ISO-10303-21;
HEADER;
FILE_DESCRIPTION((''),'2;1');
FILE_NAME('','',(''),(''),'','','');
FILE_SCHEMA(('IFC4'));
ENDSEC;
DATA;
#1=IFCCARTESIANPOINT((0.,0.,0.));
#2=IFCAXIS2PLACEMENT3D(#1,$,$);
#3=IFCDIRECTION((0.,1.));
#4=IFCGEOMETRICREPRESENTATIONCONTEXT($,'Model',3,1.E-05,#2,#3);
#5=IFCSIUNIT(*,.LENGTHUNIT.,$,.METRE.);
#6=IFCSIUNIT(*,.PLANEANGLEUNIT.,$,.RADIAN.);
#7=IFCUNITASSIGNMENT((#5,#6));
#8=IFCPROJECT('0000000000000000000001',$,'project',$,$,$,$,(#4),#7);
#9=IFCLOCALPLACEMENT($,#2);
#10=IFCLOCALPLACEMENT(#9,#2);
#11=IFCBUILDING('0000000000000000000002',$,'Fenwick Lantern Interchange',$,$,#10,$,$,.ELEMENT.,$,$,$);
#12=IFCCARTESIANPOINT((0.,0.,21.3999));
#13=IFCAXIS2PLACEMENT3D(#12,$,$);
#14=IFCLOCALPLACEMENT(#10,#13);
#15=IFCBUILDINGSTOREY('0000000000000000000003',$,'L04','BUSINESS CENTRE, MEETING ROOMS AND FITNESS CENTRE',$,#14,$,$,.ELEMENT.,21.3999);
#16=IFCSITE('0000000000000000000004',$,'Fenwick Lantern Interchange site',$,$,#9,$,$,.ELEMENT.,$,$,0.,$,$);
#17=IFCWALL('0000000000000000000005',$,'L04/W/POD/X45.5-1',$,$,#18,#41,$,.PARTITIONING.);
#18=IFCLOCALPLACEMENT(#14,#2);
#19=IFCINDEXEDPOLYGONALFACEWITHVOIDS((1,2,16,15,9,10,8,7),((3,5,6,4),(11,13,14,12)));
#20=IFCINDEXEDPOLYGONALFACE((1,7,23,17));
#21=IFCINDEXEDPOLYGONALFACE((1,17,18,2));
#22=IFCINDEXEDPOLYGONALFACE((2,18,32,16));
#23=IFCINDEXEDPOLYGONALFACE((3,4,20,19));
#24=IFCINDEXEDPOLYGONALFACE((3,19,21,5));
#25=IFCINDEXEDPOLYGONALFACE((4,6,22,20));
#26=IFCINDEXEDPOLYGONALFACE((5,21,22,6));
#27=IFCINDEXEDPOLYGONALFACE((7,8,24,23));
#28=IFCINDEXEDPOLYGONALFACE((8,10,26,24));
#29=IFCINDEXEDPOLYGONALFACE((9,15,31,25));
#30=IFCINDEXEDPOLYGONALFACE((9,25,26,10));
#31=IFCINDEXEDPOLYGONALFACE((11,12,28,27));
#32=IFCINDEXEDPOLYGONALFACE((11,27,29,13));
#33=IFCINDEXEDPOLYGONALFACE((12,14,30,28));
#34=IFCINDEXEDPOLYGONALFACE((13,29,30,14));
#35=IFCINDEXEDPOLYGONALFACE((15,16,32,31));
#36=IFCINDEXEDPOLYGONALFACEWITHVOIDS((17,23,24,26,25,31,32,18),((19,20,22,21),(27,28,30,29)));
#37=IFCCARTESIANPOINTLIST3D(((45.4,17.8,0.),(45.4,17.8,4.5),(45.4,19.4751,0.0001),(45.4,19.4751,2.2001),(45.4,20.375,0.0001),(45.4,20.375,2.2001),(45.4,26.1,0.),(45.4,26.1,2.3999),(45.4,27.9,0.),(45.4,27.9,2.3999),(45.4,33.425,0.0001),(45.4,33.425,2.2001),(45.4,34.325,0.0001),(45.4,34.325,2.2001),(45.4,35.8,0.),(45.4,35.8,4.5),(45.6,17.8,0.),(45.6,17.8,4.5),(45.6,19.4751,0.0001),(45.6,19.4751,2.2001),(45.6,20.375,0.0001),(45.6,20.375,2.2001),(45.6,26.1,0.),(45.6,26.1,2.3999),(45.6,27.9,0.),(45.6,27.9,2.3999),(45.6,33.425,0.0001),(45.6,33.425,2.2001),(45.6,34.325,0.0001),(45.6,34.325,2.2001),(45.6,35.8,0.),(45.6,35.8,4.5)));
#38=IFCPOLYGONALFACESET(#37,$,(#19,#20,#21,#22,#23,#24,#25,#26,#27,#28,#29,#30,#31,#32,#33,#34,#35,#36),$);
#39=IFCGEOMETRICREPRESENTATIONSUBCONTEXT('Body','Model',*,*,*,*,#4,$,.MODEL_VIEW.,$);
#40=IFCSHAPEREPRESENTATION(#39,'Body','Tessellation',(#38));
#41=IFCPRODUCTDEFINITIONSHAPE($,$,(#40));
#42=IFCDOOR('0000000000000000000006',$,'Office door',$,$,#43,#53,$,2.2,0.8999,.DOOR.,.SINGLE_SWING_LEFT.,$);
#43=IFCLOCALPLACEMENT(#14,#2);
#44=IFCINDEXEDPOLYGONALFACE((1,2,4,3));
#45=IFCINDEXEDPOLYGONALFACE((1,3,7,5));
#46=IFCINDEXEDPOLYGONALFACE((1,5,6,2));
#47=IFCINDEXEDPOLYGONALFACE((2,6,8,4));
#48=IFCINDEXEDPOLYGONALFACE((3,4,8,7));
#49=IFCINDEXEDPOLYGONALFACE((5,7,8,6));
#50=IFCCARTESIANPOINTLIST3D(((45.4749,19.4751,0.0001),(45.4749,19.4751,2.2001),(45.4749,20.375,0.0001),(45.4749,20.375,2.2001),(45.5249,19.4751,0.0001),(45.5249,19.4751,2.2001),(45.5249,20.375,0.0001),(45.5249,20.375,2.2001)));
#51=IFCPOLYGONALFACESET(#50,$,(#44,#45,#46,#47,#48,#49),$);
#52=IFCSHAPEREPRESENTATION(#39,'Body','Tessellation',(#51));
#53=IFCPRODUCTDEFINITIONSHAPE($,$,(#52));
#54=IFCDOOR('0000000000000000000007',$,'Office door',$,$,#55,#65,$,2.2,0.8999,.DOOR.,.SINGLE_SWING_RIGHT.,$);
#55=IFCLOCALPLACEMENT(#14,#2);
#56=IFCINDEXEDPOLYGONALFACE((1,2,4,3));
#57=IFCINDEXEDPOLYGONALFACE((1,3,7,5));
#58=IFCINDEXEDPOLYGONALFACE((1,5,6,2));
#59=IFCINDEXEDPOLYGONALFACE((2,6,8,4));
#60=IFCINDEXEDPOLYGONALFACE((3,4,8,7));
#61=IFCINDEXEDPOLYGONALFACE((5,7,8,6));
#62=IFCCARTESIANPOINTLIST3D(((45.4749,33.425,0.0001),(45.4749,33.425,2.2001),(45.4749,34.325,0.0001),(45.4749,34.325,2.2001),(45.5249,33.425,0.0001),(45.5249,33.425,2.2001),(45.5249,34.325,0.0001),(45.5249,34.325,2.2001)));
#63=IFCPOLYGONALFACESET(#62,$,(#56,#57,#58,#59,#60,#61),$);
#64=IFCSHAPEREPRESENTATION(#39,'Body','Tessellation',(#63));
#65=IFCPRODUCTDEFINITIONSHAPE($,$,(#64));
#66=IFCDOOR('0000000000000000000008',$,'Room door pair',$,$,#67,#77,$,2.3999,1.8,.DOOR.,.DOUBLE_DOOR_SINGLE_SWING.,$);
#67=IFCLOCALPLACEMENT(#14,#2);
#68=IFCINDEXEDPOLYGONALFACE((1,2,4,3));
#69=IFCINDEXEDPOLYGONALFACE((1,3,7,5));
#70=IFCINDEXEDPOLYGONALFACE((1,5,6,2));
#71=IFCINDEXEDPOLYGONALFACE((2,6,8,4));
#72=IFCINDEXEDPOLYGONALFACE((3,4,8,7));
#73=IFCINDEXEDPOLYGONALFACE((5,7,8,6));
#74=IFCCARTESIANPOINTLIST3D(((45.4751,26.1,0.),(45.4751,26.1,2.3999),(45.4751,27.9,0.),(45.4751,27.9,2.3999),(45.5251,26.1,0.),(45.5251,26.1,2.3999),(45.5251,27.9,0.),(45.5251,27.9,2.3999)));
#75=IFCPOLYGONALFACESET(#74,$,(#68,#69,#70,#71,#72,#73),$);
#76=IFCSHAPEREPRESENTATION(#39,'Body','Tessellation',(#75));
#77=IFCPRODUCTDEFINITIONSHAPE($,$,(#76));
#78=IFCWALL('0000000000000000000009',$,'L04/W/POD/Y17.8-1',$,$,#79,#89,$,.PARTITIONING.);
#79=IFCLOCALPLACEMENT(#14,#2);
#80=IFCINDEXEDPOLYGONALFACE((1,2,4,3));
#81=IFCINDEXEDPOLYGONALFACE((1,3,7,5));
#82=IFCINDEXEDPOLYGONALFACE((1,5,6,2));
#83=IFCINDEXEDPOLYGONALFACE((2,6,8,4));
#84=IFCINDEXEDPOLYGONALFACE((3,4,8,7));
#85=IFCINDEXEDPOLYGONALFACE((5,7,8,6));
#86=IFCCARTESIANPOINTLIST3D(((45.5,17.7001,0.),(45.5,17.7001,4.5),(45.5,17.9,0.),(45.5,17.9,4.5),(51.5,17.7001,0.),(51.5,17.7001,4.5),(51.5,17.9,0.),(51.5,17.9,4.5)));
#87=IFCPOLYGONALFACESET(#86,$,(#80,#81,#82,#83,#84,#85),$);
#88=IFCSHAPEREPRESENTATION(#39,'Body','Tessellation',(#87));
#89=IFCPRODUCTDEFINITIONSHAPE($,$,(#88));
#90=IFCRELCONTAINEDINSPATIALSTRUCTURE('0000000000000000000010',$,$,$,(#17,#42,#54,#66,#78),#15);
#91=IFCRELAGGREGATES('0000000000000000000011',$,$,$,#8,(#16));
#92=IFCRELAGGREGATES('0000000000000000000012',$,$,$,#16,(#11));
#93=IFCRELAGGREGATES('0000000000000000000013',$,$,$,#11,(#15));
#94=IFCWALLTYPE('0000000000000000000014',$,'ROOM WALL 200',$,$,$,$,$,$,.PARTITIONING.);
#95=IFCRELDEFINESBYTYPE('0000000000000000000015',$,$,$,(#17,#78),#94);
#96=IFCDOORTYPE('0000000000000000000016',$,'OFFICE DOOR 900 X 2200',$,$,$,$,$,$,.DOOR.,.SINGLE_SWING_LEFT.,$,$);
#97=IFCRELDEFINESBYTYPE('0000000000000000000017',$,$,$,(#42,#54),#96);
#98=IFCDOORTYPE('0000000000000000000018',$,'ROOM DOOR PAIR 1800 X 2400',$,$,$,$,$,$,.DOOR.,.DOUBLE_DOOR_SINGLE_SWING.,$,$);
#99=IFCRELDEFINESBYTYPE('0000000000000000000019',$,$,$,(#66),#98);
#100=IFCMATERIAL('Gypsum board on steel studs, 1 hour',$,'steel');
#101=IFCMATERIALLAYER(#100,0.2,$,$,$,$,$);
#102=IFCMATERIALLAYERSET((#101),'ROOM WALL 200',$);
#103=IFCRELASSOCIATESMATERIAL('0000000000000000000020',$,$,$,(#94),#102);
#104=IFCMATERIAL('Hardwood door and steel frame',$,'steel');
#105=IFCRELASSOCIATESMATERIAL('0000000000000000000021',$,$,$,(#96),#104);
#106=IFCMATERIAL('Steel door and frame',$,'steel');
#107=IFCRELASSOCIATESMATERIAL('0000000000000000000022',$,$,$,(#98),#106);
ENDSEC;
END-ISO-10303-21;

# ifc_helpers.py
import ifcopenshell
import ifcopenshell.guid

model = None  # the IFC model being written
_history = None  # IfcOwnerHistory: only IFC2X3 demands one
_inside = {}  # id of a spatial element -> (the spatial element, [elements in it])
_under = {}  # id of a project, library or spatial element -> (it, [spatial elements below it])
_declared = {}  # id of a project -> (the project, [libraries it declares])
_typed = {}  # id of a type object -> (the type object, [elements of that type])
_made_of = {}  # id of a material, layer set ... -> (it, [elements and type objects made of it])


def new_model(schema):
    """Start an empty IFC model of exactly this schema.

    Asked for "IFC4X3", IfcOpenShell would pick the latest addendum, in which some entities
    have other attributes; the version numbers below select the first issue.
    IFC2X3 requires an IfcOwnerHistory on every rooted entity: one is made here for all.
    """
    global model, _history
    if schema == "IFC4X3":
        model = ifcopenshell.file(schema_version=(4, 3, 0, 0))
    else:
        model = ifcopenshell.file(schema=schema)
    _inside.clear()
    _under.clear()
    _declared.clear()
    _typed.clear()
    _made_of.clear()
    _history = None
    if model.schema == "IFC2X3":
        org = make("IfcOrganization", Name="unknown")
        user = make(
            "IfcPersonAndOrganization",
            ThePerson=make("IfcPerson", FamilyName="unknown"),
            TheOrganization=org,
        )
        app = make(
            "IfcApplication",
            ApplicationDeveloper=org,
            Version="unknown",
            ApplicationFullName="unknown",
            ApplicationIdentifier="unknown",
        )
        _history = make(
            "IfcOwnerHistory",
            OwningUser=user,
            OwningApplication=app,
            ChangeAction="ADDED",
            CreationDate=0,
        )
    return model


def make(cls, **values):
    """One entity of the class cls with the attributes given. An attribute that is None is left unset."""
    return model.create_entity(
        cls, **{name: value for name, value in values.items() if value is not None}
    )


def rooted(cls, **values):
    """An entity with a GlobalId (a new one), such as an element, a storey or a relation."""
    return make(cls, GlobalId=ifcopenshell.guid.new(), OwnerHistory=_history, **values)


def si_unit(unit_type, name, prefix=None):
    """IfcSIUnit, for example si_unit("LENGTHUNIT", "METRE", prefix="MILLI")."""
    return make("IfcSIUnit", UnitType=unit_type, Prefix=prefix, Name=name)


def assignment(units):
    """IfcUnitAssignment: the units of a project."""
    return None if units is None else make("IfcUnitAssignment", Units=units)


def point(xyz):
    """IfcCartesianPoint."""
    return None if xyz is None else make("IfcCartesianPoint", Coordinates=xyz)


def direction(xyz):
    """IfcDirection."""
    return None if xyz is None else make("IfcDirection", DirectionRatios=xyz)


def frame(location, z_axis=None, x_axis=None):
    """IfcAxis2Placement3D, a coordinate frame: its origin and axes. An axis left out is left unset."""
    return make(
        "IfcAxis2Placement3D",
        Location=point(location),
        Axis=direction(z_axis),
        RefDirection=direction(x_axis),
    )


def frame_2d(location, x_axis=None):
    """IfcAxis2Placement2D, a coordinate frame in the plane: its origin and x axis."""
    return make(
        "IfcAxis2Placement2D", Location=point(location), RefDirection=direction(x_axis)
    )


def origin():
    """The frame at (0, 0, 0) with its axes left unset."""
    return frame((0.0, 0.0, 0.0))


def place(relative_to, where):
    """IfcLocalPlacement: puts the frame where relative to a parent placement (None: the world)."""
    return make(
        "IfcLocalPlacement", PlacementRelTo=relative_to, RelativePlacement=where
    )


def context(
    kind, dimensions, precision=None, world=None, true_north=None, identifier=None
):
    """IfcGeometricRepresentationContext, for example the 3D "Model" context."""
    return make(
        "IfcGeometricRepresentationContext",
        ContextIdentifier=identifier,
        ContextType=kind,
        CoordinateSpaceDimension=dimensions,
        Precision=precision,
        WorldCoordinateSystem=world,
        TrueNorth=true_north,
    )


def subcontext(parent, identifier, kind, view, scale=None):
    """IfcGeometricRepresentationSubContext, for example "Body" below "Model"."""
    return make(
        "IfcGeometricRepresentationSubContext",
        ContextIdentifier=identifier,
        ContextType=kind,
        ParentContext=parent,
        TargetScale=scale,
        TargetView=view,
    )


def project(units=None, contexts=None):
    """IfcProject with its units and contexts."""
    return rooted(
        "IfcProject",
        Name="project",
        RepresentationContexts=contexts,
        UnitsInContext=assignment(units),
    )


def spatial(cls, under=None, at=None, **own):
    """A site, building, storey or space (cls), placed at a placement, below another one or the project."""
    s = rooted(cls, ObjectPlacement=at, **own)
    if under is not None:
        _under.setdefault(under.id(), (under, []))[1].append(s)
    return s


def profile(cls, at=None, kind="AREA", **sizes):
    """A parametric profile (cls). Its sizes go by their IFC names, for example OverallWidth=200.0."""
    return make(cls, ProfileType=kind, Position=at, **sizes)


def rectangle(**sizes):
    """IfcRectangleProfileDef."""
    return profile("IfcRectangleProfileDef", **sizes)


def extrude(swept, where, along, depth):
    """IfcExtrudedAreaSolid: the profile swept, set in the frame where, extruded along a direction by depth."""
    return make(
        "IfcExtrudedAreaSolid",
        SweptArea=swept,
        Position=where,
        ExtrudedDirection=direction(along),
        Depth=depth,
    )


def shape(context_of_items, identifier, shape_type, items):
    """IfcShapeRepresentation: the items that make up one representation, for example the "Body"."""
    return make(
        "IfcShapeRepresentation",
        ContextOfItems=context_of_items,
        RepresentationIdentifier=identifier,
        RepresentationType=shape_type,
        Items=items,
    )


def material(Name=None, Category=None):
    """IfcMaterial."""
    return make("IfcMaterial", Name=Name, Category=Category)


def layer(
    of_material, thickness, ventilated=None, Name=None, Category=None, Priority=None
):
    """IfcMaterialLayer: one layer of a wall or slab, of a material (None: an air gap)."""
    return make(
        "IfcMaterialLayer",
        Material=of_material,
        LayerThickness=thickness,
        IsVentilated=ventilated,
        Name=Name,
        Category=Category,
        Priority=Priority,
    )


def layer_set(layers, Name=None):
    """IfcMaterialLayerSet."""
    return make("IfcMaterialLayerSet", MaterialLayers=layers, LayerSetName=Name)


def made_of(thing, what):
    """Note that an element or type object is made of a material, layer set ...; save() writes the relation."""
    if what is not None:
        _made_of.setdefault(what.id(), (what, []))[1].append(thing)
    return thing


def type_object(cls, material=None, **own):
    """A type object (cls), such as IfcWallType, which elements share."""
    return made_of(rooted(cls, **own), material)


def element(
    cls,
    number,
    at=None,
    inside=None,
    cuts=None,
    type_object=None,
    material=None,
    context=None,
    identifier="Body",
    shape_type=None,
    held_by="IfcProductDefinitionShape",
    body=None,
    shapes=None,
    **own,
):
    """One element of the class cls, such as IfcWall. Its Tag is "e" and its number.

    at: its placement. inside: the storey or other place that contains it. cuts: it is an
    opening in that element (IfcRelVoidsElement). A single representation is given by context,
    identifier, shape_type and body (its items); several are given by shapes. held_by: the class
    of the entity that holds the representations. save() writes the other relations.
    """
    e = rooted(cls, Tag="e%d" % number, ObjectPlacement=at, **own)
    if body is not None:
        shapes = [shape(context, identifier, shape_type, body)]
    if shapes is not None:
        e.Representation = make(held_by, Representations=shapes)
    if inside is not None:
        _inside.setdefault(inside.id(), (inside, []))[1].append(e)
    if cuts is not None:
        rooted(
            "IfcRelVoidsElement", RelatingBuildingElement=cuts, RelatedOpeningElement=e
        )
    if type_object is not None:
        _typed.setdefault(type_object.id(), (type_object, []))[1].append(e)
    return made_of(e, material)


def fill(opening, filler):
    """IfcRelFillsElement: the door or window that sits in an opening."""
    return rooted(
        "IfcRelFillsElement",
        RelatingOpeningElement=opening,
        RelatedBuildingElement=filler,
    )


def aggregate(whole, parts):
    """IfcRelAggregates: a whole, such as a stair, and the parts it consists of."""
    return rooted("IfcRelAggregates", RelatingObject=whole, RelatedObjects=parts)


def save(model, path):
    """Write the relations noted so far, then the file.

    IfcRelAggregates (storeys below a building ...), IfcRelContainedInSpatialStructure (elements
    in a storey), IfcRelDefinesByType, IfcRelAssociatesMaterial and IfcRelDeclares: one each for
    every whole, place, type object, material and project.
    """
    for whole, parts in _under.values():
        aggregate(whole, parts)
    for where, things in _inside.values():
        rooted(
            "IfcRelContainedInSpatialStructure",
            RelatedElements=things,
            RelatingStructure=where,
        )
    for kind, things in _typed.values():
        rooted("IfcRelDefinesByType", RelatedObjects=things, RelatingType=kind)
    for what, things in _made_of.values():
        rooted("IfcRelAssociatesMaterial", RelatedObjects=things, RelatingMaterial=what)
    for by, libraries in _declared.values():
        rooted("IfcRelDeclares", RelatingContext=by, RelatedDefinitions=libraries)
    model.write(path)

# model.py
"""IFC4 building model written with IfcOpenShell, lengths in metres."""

from ifc_helpers import new_model, si_unit, direction, frame, frame_2d, origin, place, context, subcontext, project, spatial, rectangle, extrude, material, layer, layer_set, type_object, element, fill, save


model = new_model("IFC4")

# Units and contexts
model_context = context("Model", 3, precision=1e-05, world=origin(), true_north=direction((0.0, 1.0)))
body_context = subcontext(model_context, "Body", "Model", "MODEL_VIEW")
ifc_project = project(units=[si_unit("LENGTHUNIT", "METRE"), si_unit("PLANEANGLEUNIT", "RADIAN")], contexts=[model_context])

# Site, building, storey
site_placement = place(None, origin())
site = spatial("IfcSite", under=ifc_project, at=site_placement, Name="Fenwick Lantern Interchange site", CompositionType="ELEMENT", RefElevation=0.0)
building_placement = place(site_placement, origin())
building = spatial("IfcBuilding", under=site, at=building_placement, Name="Fenwick Lantern Interchange", CompositionType="ELEMENT")
storey_placement = place(building_placement, frame((0.0, 0.0, 21.3999)))
storey = spatial("IfcBuildingStorey", under=building, at=storey_placement, Name="L04", Description="BUSINESS CENTRE, MEETING ROOMS AND FITNESS CENTRE", CompositionType="ELEMENT", Elevation=21.3999)

# Wall, openings, doors
ifc_material_1 = material(Name="Gypsum board on steel studs, 1 hour", Category="steel")
ifc_layer_1 = layer(ifc_material_1, 0.2)
ifc_layer_set_1 = layer_set([ifc_layer_1], Name="ROOM WALL 200")
wall_type_1 = type_object("IfcWallType", Name="ROOM WALL 200", PredefinedType="PARTITIONING", material=ifc_layer_set_1)
wall_1_placement = place(storey_placement, frame((45.5, 17.8, 0.0), z_axis=(0.0, 0.0, 1.0), x_axis=(0.0, 1.0, 0.0)))
wall_1 = element("IfcWall", 1, at=wall_1_placement, inside=storey, type_object=wall_type_1, Name="L04/W/POD/X45.5-1", PredefinedType="PARTITIONING", context=body_context, shape_type="SweptSolid", body=[
    extrude(rectangle(XDim=18.0, YDim=0.2, at=frame_2d((9.0, 0.0))), origin(), (0.0, 0.0, 1.0), 4.5),
])
opening_1_placement = place(wall_1_placement, frame((8.3, 0.0, 0.0)))
opening_1 = element("IfcOpeningElement", 2, at=opening_1_placement, cuts=wall_1, PredefinedType="OPENING", context=body_context, shape_type="SweptSolid", body=[
    extrude(rectangle(XDim=1.8, YDim=2.3999, at=frame_2d((0.8999, 1.2))), frame((0.0, 0.1099, 0.0), z_axis=(0.0, -1.0, 0.0), x_axis=(1.0, 0.0, 0.0)), (0.0, 0.0, 1.0), 0.22),
])
opening_2_placement = place(wall_1_placement, frame((1.675, 0.0, 0.0)))
opening_2 = element("IfcOpeningElement", 3, at=opening_2_placement, cuts=wall_1, PredefinedType="OPENING", context=body_context, shape_type="SweptSolid", body=[
    extrude(rectangle(XDim=0.8999, YDim=2.2, at=frame_2d((0.45, 1.1001))), frame((0.0, 0.1099, 0.0), z_axis=(0.0, -1.0, 0.0), x_axis=(1.0, 0.0, 0.0)), (0.0, 0.0, 1.0), 0.22),
])
opening_3_placement = place(wall_1_placement, frame((15.625, 0.0, 0.0)))
opening_3 = element("IfcOpeningElement", 4, at=opening_3_placement, cuts=wall_1, PredefinedType="OPENING", context=body_context, shape_type="SweptSolid", body=[
    extrude(rectangle(XDim=0.8999, YDim=2.2, at=frame_2d((0.45, 1.1001))), frame((0.0, 0.1099, 0.0), z_axis=(0.0, -1.0, 0.0), x_axis=(1.0, 0.0, 0.0)), (0.0, 0.0, 1.0), 0.22),
])
ifc_material_2 = material(Name="Hardwood door and steel frame", Category="steel")
door_type_1 = type_object("IfcDoorType", Name="OFFICE DOOR 900 X 2200", OperationType="SINGLE_SWING_LEFT", PredefinedType="DOOR", material=ifc_material_2)
door_1_placement = place(opening_2_placement, frame((0.8999, 0.0, 0.0), z_axis=(0.0, 0.0, 1.0), x_axis=(-1.0, 0.0, 0.0)))
door_1 = element("IfcDoor", 5, at=door_1_placement, inside=storey, type_object=door_type_1, Name="Office door", OperationType="SINGLE_SWING_LEFT", OverallHeight=2.2, OverallWidth=0.8999, PredefinedType="DOOR", context=body_context, shape_type="SweptSolid", body=[
    extrude(rectangle(XDim=0.8999, YDim=2.2, at=frame_2d((0.45, 1.1001))), frame((0.0, 0.0249, 0.0), z_axis=(0.0, -1.0, 0.0), x_axis=(1.0, 0.0, 0.0)), (0.0, 0.0, 1.0), 0.05),
])
fill(opening_2, door_1)
door_2_placement = place(opening_3_placement, frame((0.8999, 0.0, 0.0), z_axis=(0.0, 0.0, 1.0), x_axis=(-1.0, 0.0, 0.0)))
door_2 = element("IfcDoor", 6, at=door_2_placement, inside=storey, type_object=door_type_1, Name="Office door", OperationType="SINGLE_SWING_RIGHT", OverallHeight=2.2, OverallWidth=0.8999, PredefinedType="DOOR", context=body_context, shape_type="SweptSolid", body=[
    extrude(rectangle(XDim=0.8999, YDim=2.2, at=frame_2d((0.45, 1.1001))), frame((0.0, 0.0249, 0.0), z_axis=(0.0, -1.0, 0.0), x_axis=(1.0, 0.0, 0.0)), (0.0, 0.0, 1.0), 0.05),
])
fill(opening_3, door_2)
ifc_material_3 = material(Name="Steel door and frame", Category="steel")
door_type_2 = type_object("IfcDoorType", Name="ROOM DOOR PAIR 1800 X 2400", OperationType="DOUBLE_DOOR_SINGLE_SWING", PredefinedType="DOOR", material=ifc_material_3)
door_3_placement = place(opening_1_placement, origin())
door_3 = element("IfcDoor", 7, at=door_3_placement, inside=storey, type_object=door_type_2, Name="Room door pair", OperationType="DOUBLE_DOOR_SINGLE_SWING", OverallHeight=2.3999, OverallWidth=1.8, PredefinedType="DOOR", context=body_context, shape_type="SweptSolid", body=[
    extrude(rectangle(XDim=1.8, YDim=2.3999, at=frame_2d((0.8999, 1.2))), frame((0.0, 0.0249, 0.0), z_axis=(0.0, -1.0, 0.0), x_axis=(1.0, 0.0, 0.0)), (0.0, 0.0, 1.0), 0.05),
])
fill(opening_1, door_3)

# Wall
wall_2_placement = place(storey_placement, frame((45.5, 17.8, 0.0), z_axis=(0.0, 0.0, 1.0), x_axis=(1.0, 0.0, 0.0)))
element("IfcWall", 8, at=wall_2_placement, inside=storey, type_object=wall_type_1, Name="L04/W/POD/Y17.8-1", PredefinedType="PARTITIONING", context=body_context, shape_type="SweptSolid", body=[
    extrude(rectangle(XDim=6.0, YDim=0.2, at=frame_2d((3.0, 0.0))), origin(), (0.0, 0.0, 1.0), 4.5),
])

save(model, "model.ifc")
